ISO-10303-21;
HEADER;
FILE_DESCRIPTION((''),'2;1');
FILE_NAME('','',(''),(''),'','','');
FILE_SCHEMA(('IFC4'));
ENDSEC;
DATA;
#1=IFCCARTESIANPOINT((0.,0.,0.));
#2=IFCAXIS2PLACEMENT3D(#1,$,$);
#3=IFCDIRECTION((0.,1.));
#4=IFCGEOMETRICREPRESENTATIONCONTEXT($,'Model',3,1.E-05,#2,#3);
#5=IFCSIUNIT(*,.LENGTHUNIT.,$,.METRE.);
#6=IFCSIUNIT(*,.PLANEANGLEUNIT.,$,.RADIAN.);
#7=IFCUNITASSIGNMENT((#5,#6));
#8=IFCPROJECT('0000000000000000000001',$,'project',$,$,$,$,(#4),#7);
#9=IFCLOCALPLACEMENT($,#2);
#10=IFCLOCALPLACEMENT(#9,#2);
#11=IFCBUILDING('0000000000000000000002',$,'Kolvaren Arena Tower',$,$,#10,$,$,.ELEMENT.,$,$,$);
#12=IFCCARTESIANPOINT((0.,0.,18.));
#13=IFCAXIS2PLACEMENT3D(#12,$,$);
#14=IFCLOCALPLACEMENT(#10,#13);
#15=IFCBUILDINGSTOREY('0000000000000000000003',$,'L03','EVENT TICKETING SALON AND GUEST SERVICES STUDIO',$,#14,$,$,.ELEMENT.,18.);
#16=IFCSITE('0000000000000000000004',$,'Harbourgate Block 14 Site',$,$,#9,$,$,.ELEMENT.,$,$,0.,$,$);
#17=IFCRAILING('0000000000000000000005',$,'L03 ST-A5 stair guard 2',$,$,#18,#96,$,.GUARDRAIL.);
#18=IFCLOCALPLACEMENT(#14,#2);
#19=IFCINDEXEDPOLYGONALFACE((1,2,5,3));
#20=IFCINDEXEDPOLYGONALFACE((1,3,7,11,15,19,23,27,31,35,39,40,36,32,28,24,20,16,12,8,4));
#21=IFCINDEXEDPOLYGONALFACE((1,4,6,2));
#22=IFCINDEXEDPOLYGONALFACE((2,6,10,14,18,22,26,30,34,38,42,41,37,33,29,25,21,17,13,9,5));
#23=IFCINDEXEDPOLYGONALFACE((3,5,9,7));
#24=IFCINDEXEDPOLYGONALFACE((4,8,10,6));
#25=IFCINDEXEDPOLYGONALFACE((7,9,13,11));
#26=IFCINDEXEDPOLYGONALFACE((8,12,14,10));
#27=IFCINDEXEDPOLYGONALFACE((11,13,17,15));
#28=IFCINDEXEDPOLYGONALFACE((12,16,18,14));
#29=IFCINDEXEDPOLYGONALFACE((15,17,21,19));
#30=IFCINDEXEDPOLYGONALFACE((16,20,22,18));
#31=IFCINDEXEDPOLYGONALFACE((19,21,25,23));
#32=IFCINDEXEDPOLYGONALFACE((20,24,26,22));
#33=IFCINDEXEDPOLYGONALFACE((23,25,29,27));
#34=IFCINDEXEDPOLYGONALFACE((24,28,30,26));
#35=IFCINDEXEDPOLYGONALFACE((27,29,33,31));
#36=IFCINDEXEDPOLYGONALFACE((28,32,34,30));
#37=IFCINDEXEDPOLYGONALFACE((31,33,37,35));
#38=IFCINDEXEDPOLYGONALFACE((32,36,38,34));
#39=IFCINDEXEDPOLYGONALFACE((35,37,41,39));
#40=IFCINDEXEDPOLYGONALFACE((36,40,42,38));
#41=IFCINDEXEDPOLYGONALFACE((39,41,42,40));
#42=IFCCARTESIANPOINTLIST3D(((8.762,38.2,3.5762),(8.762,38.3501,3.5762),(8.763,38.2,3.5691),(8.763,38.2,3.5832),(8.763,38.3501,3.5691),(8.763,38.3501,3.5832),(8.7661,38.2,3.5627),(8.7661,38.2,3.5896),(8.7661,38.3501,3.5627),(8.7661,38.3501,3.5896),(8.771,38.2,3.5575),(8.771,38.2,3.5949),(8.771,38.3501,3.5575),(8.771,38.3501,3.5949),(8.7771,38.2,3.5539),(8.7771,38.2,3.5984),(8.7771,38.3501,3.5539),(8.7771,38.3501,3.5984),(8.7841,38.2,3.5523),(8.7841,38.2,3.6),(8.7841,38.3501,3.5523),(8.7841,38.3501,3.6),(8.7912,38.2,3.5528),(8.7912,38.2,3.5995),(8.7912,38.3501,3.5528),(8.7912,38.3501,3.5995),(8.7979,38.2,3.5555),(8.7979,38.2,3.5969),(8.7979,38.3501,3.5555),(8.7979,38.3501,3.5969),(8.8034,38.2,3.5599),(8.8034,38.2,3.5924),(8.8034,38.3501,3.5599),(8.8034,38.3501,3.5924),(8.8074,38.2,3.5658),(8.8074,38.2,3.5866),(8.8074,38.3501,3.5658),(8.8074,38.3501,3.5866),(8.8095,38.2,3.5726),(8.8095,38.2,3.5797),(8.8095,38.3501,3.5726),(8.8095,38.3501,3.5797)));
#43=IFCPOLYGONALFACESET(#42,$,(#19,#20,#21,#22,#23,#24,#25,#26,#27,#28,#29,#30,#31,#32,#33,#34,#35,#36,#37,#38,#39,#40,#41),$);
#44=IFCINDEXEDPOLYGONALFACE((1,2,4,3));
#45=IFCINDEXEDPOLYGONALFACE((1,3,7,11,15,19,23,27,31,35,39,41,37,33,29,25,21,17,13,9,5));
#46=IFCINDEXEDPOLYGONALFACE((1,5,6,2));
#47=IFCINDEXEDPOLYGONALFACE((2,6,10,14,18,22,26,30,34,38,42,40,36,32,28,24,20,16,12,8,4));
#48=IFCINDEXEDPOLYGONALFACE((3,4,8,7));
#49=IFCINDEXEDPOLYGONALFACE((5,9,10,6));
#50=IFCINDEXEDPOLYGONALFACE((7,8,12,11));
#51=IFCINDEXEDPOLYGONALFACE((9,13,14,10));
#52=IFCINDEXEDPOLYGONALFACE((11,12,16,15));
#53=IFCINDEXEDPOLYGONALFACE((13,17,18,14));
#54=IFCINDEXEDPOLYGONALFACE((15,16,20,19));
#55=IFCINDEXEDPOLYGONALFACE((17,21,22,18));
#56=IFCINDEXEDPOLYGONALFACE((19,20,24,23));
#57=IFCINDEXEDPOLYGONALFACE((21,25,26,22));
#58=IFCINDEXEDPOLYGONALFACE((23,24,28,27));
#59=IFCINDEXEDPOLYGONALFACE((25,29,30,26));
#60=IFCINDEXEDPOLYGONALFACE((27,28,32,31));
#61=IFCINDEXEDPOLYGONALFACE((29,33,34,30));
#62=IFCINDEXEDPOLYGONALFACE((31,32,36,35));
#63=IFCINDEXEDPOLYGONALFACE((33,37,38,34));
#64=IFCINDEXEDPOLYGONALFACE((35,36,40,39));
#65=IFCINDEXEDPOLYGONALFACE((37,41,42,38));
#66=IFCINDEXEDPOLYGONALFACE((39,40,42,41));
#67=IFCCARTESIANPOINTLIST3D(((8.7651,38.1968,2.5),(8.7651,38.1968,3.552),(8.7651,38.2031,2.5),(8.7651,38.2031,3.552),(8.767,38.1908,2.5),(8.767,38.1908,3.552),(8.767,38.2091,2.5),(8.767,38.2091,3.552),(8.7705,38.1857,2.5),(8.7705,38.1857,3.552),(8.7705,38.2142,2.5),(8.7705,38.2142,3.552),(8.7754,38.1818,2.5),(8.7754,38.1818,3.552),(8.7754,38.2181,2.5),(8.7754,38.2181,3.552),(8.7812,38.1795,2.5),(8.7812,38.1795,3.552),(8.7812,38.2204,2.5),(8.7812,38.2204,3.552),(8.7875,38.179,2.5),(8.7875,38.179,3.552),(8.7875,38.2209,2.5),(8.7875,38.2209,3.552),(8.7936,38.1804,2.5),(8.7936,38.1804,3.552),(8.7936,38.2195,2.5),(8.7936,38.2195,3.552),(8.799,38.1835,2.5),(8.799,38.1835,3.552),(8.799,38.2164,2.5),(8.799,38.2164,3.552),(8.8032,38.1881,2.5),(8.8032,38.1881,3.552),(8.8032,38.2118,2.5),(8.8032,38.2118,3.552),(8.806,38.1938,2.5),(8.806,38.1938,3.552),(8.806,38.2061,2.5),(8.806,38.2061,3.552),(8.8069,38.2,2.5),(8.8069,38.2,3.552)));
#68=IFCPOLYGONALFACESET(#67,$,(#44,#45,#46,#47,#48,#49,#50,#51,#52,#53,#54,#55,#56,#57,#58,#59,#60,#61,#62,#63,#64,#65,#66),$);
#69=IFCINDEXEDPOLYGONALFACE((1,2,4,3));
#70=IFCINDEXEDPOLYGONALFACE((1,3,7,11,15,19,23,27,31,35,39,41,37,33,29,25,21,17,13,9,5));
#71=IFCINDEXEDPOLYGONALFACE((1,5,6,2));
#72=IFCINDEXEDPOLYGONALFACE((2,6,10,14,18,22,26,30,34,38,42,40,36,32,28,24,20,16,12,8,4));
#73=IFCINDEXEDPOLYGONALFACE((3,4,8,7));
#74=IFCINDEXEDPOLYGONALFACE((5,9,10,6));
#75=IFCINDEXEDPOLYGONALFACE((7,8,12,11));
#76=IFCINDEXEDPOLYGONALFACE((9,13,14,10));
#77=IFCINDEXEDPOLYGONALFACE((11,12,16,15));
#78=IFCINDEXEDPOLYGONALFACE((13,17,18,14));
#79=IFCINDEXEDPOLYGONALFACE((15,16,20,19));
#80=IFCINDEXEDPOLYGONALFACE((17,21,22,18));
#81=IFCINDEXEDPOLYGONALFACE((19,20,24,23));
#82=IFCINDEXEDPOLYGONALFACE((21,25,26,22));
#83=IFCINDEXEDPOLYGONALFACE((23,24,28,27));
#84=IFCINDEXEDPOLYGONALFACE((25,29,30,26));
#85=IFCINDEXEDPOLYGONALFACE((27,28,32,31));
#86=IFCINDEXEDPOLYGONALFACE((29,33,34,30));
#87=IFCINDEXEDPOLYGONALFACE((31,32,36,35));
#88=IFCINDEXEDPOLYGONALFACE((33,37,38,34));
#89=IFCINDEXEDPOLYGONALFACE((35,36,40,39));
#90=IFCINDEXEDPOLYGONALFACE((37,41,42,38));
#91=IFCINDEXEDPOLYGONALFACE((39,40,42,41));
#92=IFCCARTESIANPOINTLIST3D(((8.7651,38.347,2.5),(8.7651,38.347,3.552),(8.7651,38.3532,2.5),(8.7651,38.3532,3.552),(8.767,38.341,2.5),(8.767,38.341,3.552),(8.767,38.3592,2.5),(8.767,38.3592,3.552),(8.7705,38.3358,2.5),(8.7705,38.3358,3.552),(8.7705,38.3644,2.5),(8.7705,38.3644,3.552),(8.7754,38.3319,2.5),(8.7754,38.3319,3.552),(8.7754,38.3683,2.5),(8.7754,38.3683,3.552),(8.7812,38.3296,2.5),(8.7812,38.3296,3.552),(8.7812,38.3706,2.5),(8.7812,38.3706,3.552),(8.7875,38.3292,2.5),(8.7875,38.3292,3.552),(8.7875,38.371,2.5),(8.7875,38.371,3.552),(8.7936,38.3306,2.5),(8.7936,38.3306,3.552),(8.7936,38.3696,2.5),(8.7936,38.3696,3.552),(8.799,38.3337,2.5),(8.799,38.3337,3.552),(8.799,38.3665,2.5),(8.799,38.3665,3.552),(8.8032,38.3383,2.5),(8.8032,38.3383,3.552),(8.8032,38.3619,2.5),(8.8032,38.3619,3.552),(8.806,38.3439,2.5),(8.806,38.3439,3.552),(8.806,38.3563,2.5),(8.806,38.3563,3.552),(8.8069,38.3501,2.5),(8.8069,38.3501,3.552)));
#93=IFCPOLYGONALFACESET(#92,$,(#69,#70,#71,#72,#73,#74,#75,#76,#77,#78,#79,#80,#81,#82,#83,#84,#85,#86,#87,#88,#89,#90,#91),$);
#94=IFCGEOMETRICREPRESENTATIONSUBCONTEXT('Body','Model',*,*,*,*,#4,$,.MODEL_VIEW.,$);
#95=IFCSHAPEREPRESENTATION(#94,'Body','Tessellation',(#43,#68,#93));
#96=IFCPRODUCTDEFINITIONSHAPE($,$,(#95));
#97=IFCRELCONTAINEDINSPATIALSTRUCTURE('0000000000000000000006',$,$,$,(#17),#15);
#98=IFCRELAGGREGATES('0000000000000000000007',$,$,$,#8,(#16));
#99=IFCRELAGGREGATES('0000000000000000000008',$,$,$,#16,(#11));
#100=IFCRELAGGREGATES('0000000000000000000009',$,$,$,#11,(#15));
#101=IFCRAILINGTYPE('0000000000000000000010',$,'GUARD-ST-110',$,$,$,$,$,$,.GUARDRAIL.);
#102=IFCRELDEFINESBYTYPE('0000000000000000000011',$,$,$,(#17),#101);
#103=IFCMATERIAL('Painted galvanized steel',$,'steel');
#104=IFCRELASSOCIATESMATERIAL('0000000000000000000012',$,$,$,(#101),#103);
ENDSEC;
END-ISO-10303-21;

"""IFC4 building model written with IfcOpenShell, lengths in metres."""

from ifc_helpers import new_model, si_unit, direction, frame, origin, origin_2d, place, context, subcontext, project, spatial, circle, extrude, material, type_object, element, save


model = new_model("IFC4")

# Units and contexts
model_context = context("Model", 3, precision=1e-05, world=origin(), true_north=direction((0.0, 1.0)))
body_context = subcontext(model_context, "Body", "Model", "MODEL_VIEW")
ifc_project = project(units=[si_unit("LENGTHUNIT", "METRE"), si_unit("PLANEANGLEUNIT", "RADIAN")], contexts=[model_context])

# Site, building, storey
site_placement = place(None, origin())
site = spatial("IfcSite", under=ifc_project, at=site_placement, Name="Harbourgate Block 14 Site", CompositionType="ELEMENT", RefElevation=0.0)
building_placement = place(site_placement, origin())
building = spatial("IfcBuilding", under=site, at=building_placement, Name="Kolvaren Arena Tower", CompositionType="ELEMENT")
storey_placement = place(building_placement, frame((0.0, 0.0, 18.0)))
storey = spatial("IfcBuildingStorey", under=building, at=storey_placement, Name="L03", Description="EVENT TICKETING SALON AND GUEST SERVICES STUDIO", CompositionType="ELEMENT", Elevation=18.0)

# Railing
ifc_material_1 = material(Name="Painted galvanized steel", Category="steel")
railing_type_1 = type_object("IfcRailingType", Name="GUARD-ST-110", PredefinedType="GUARDRAIL", material=ifc_material_1)
railing_1_placement = place(storey_placement, frame((8.7859, 38.2, 2.5)))
element("IfcRailing", 1, at=railing_1_placement, inside=storey, type_object=railing_type_1, Name="L03 ST-A5 stair guard 2", PredefinedType="GUARDRAIL", context=body_context, shape_type="SweptSolid", body=[
    extrude(circle(Radius=0.0239, at=origin_2d()), frame((0.0, 0.0, 1.0762), z_axis=(0.0, 1.0, 0.0), x_axis=(-1.0, 0.0, 0.0)), (0.0, 0.0, 1.0), 0.1501),
    extrude(circle(Radius=0.021, at=origin_2d()), origin(), (0.0, 0.0, 1.0), 1.052),
    extrude(circle(Radius=0.021, at=origin_2d()), frame((0.0, 0.1501, 0.0)), (0.0, 0.0, 1.0), 1.052),
])

save(model, "model.ifc")
